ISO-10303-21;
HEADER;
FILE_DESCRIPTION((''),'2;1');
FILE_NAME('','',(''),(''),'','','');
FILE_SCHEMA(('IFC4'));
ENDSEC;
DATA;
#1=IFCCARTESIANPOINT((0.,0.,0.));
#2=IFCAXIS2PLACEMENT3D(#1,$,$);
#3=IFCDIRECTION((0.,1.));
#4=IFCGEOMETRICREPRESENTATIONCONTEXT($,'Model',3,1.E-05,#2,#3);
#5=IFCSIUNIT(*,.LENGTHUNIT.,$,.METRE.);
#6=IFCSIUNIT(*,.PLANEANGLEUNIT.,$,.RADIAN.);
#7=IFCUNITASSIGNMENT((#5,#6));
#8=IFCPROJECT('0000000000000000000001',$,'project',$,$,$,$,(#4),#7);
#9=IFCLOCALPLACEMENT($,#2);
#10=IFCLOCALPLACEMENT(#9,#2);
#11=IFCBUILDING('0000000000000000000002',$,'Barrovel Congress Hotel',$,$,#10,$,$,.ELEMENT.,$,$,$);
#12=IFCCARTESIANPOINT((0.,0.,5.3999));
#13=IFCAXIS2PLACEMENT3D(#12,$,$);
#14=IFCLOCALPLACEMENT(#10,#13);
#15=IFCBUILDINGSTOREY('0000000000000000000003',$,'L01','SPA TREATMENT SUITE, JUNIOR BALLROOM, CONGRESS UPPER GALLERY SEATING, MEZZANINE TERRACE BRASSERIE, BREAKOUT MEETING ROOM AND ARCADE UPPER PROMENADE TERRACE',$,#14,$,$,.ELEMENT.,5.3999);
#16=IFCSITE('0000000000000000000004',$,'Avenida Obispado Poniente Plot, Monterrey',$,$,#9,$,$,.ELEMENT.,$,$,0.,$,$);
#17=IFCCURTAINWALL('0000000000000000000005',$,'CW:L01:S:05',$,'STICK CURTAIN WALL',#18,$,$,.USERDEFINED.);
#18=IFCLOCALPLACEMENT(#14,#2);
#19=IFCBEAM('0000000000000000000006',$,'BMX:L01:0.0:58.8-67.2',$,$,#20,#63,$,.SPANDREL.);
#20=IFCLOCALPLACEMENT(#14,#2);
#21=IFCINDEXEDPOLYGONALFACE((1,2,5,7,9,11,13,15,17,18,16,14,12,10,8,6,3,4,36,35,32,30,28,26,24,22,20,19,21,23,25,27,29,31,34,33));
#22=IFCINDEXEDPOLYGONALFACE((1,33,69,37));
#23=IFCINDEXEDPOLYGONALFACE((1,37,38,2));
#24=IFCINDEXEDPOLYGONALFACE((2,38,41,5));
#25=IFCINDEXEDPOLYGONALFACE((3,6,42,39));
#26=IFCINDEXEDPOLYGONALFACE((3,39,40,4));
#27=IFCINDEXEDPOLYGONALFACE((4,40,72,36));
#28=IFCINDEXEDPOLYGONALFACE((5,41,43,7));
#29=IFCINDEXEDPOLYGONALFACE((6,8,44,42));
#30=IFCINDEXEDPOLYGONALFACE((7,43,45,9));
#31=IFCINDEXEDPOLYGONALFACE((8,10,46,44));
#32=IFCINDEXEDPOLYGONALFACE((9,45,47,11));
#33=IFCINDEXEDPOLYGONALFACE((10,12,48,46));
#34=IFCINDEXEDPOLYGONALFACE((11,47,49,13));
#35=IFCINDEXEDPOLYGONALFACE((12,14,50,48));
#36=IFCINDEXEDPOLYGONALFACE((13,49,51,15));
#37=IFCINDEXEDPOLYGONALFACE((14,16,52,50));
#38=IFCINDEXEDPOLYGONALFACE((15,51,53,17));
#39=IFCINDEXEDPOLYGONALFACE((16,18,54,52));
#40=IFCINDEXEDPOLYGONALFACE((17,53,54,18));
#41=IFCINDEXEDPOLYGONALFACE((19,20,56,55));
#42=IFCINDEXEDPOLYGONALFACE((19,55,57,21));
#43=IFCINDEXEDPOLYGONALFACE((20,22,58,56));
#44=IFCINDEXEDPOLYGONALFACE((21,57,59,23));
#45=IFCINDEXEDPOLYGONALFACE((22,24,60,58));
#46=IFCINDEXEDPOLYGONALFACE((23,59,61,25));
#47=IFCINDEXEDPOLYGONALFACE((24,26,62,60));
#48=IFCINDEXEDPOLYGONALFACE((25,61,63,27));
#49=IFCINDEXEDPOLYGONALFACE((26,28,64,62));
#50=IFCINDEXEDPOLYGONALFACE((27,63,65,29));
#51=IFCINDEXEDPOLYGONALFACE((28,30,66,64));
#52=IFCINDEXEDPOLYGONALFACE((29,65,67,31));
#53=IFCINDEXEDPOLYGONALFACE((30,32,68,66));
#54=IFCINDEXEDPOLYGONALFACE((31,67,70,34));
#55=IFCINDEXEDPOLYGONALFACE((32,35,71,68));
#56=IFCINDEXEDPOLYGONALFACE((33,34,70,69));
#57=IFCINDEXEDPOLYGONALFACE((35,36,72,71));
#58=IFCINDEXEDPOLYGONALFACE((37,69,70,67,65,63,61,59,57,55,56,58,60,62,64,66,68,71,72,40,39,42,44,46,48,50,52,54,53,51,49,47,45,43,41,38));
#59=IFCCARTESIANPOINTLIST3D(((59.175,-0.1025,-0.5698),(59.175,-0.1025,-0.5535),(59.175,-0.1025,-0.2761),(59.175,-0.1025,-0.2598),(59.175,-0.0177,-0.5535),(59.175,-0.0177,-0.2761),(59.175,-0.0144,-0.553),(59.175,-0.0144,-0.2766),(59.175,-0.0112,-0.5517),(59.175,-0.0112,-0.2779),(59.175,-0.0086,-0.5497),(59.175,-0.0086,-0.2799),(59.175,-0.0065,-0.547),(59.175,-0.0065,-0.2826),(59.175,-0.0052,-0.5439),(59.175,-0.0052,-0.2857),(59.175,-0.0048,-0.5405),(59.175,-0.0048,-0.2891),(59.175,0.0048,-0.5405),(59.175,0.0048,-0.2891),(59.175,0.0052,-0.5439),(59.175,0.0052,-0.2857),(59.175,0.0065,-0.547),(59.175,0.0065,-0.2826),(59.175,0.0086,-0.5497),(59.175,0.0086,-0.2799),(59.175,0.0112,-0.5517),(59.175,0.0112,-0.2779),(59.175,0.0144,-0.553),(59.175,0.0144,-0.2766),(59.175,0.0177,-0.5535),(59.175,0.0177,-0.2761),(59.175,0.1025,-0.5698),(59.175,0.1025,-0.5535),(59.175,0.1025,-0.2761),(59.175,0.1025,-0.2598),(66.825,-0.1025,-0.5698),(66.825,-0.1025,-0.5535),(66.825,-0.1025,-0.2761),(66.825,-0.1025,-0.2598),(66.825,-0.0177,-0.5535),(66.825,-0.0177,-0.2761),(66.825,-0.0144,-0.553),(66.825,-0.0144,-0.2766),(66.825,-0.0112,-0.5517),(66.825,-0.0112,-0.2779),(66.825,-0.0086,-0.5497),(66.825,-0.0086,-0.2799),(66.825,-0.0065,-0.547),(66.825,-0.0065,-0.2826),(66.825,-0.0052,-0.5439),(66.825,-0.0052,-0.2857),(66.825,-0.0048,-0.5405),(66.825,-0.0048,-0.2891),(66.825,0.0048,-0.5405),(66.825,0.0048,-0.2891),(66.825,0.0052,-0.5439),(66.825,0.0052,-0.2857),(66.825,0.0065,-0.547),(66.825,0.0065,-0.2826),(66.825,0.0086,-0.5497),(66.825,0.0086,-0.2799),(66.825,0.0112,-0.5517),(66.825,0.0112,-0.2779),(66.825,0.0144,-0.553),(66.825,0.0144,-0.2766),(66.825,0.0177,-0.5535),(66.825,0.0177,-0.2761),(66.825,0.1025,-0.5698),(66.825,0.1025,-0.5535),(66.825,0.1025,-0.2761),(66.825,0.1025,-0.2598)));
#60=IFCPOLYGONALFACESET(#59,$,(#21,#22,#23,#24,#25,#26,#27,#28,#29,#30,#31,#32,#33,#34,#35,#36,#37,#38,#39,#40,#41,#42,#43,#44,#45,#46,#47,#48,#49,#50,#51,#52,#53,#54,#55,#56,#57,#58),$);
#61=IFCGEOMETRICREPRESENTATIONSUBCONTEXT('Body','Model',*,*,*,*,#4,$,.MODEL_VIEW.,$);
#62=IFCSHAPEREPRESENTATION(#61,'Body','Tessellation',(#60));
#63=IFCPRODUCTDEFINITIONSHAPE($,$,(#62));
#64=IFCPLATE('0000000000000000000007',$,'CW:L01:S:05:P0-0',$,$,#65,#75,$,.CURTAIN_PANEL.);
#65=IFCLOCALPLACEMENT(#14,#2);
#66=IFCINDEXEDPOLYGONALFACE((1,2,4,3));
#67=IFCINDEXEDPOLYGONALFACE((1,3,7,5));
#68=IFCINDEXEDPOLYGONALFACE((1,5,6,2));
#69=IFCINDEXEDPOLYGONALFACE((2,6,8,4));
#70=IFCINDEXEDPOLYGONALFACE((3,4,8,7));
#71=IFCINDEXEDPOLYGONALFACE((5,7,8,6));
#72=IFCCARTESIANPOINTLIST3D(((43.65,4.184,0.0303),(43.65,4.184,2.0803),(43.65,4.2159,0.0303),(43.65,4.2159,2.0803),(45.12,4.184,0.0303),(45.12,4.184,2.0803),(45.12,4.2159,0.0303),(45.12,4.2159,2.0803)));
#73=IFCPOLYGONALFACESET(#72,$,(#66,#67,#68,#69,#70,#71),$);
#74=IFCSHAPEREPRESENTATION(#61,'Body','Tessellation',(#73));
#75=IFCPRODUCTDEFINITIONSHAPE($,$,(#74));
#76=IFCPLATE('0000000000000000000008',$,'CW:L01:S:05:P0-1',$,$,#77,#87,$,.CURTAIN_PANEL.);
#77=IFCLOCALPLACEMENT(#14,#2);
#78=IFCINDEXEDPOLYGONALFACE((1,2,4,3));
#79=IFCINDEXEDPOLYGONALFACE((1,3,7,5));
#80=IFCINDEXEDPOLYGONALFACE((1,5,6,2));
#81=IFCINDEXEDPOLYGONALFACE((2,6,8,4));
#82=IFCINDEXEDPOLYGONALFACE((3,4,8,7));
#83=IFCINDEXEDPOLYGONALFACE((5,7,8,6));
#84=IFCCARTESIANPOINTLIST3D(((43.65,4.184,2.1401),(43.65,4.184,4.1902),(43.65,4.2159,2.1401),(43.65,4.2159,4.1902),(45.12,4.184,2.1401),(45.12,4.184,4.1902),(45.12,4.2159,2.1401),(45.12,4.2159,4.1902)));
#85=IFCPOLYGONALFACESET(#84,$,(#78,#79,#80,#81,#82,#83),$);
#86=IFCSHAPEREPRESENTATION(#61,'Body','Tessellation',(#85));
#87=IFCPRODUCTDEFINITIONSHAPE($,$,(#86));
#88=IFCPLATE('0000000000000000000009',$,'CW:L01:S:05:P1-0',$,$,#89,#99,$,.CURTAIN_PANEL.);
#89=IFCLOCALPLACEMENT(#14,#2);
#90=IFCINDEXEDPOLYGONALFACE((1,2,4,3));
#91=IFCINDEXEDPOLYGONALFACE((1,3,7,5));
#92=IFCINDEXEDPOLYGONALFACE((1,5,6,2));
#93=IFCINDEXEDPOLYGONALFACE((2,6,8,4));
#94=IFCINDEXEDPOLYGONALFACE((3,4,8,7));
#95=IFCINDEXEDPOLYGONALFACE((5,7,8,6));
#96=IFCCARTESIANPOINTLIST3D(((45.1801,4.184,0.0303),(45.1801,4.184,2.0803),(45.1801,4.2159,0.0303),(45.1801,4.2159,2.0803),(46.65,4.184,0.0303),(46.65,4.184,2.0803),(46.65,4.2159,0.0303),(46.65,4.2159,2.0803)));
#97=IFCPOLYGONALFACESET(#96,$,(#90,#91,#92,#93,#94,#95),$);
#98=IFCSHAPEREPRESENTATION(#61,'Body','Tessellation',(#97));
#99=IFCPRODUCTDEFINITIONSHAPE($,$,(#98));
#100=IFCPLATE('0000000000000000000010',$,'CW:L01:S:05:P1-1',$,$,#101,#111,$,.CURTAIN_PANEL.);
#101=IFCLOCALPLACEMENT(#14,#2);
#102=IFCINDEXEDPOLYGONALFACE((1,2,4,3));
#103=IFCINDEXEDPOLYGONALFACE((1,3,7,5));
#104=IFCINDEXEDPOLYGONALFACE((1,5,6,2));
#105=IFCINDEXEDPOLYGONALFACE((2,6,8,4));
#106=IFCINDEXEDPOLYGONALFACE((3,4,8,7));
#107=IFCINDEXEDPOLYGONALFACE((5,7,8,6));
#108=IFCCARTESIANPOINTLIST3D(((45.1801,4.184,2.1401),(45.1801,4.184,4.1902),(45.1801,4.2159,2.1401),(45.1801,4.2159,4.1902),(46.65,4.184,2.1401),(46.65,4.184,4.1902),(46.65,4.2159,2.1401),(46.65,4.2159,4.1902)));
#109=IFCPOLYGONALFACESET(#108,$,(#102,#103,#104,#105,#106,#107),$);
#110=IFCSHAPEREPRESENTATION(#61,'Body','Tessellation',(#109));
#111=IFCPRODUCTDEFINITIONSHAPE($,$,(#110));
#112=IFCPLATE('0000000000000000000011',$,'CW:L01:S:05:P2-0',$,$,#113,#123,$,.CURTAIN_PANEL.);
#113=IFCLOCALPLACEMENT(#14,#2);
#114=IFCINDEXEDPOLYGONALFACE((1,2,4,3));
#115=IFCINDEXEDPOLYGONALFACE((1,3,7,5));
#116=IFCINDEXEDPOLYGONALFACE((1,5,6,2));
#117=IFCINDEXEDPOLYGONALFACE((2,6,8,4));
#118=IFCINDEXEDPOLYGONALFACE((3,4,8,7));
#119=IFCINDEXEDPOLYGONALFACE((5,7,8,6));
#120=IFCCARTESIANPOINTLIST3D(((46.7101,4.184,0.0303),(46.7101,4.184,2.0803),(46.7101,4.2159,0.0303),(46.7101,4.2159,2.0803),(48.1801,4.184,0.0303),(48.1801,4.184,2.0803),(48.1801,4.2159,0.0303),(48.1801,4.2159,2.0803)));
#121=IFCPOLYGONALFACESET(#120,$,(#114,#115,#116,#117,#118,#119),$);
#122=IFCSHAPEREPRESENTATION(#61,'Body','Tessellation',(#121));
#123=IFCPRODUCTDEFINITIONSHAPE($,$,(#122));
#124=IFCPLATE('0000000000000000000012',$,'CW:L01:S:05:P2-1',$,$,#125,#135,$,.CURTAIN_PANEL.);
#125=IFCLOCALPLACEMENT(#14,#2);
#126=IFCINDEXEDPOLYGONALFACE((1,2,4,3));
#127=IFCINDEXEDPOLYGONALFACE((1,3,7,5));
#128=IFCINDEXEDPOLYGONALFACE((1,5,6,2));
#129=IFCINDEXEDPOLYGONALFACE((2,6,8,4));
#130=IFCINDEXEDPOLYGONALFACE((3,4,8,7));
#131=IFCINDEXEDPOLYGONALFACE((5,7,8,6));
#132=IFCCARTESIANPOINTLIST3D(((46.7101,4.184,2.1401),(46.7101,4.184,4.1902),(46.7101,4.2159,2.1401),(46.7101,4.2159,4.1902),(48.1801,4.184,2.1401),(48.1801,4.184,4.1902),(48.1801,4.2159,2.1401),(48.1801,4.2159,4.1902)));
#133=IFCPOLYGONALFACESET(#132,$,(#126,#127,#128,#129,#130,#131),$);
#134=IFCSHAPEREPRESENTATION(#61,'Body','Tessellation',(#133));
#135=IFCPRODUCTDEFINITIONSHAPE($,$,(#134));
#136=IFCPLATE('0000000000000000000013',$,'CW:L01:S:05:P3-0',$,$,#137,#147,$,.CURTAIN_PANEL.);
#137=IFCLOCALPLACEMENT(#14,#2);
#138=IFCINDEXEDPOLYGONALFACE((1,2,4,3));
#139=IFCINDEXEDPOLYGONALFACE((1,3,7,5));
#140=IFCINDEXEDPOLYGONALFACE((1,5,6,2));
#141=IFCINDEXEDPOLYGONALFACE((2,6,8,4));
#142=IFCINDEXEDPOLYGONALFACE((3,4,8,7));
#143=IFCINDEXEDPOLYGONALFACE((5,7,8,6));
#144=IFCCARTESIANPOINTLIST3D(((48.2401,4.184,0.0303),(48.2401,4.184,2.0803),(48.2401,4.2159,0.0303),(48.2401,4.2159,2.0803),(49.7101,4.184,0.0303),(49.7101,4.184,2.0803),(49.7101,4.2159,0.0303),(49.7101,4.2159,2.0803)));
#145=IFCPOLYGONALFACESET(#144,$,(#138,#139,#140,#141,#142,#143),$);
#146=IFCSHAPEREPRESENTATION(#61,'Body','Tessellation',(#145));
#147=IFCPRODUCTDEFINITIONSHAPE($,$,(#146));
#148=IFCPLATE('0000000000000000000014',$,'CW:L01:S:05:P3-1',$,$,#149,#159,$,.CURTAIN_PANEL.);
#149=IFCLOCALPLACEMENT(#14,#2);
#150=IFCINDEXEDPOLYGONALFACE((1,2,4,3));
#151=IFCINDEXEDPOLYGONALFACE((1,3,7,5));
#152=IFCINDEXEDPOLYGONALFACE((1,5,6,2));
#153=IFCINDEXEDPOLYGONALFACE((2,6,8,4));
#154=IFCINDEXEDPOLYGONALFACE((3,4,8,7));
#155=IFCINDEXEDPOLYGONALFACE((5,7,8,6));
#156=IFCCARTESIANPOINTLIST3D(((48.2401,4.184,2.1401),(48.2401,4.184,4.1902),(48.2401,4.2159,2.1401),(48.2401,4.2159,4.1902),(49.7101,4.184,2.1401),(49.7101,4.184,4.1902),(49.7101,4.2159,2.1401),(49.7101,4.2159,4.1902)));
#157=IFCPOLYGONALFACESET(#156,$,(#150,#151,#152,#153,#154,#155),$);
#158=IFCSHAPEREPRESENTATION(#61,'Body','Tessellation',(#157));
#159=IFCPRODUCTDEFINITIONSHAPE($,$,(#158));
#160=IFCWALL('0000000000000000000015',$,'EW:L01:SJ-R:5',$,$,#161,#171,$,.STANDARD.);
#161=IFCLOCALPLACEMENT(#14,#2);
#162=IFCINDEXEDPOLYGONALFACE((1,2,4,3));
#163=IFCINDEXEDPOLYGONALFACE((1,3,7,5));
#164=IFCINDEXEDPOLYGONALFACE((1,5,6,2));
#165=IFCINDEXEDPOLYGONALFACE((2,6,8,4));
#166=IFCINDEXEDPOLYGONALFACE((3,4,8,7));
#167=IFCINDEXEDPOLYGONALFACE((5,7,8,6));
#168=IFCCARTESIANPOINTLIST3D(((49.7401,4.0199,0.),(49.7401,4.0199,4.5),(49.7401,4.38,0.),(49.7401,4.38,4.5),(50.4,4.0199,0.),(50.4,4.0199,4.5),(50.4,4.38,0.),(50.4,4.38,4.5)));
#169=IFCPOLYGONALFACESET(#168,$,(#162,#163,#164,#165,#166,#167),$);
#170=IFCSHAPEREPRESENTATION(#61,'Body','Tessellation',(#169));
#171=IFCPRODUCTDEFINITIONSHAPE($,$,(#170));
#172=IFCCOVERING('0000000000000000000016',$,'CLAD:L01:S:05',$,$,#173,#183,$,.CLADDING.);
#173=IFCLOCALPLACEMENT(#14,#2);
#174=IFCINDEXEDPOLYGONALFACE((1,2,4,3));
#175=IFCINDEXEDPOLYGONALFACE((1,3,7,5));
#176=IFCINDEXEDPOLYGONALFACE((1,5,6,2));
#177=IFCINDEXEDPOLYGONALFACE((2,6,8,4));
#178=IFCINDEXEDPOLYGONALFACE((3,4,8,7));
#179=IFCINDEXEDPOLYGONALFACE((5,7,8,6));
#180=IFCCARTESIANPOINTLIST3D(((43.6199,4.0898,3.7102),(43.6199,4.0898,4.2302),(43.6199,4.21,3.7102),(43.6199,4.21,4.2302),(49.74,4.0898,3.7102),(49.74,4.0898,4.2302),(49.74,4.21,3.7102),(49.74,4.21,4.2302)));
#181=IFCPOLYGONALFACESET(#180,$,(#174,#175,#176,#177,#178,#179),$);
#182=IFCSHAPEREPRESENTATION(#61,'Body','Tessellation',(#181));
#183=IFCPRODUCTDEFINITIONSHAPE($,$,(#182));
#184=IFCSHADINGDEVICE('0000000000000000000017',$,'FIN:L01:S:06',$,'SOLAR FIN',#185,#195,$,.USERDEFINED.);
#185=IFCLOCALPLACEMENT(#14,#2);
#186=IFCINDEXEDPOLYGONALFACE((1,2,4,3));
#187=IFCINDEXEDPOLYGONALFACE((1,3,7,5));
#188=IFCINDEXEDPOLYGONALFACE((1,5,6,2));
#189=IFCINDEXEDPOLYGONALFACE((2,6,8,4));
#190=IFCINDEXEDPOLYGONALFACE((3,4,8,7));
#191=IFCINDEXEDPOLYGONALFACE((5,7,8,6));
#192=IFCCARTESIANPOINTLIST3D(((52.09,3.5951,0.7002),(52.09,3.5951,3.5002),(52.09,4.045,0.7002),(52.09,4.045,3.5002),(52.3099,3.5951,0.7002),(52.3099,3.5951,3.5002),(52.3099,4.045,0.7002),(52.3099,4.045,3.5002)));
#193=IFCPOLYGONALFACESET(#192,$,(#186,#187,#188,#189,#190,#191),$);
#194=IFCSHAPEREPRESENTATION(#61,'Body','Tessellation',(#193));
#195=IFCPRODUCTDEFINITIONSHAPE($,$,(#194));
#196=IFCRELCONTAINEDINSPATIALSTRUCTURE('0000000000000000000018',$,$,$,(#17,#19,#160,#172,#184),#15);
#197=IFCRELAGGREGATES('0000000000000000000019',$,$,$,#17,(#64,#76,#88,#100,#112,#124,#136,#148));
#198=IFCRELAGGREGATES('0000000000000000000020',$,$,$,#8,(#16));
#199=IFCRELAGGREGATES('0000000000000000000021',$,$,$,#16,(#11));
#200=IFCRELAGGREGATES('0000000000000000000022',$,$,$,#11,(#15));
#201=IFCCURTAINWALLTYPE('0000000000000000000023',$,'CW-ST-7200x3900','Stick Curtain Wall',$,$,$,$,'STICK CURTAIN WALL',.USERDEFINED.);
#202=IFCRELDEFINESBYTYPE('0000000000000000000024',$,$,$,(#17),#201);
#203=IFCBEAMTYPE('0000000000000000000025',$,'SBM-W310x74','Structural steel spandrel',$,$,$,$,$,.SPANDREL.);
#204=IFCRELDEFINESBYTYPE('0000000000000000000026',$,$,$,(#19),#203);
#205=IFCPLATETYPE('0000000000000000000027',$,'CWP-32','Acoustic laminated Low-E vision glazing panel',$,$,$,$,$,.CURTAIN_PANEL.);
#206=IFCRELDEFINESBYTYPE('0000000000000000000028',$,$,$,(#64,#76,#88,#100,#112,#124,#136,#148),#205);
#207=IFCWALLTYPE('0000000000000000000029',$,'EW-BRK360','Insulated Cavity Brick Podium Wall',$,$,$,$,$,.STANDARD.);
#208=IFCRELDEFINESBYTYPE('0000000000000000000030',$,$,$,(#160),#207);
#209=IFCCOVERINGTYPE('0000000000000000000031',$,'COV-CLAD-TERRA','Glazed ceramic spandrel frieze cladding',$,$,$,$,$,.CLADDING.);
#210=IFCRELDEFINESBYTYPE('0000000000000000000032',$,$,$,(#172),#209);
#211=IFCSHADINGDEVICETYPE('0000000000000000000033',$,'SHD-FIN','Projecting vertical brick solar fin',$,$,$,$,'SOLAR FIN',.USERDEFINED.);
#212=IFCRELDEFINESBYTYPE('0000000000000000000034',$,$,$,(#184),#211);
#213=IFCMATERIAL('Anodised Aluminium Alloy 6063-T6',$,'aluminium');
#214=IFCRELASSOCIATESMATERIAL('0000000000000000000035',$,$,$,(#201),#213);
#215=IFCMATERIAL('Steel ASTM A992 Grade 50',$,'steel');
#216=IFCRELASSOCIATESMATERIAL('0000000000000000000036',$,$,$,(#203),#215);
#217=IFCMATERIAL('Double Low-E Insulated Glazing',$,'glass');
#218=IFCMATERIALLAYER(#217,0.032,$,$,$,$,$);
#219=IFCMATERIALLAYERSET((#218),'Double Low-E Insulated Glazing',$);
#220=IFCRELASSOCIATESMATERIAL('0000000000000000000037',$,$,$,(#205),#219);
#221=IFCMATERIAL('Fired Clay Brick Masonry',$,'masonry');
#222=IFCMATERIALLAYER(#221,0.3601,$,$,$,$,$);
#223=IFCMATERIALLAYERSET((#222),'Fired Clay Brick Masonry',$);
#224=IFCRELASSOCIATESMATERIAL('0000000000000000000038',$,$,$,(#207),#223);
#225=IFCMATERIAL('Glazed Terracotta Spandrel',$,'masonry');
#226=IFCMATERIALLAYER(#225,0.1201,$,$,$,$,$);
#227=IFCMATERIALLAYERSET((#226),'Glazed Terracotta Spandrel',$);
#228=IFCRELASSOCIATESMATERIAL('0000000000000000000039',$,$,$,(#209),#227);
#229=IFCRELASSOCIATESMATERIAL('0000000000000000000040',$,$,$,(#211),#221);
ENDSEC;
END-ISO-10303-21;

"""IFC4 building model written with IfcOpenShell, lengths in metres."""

from ifc_helpers import new_model, si_unit, direction, frame, frame_2d, origin, origin_2d, place, context, subcontext, project, spatial, rectangle, i_section, extrude, material, layer, layer_set, material_profile, profile_set, type_object, element, aggregate, save


model = new_model("IFC4")

# Units and contexts
model_context = context("Model", 3, precision=1e-05, world=origin(), true_north=direction((0.0, 1.0)))
body_context = subcontext(model_context, "Body", "Model", "MODEL_VIEW")
ifc_project = project(units=[si_unit("LENGTHUNIT", "METRE"), si_unit("PLANEANGLEUNIT", "RADIAN")], contexts=[model_context])

# Site, building, storey
site_placement = place(None, origin())
site = spatial("IfcSite", under=ifc_project, at=site_placement, Name="Avenida Obispado Poniente Plot, Monterrey", CompositionType="ELEMENT", RefElevation=0.0)
building_placement = place(site_placement, origin())
building = spatial("IfcBuilding", under=site, at=building_placement, Name="Barrovel Congress Hotel", CompositionType="ELEMENT")
storey_placement = place(building_placement, frame((0.0, 0.0, 5.3999)))
storey = spatial("IfcBuildingStorey", under=building, at=storey_placement, Name="L01", Description="SPA TREATMENT SUITE, JUNIOR BALLROOM, CONGRESS UPPER GALLERY SEATING, MEZZANINE TERRACE BRASSERIE, BREAKOUT MEETING ROOM AND ARCADE UPPER PROMENADE TERRACE", CompositionType="ELEMENT", Elevation=5.3999)

# Curtain wall
ifc_material_1 = material(Name="Anodised Aluminium Alloy 6063-T6", Category="aluminium")
curtain_wall_type = type_object("IfcCurtainWallType", Name="CW-ST-7200x3900", Description="Stick Curtain Wall", ElementType="STICK CURTAIN WALL", PredefinedType="USERDEFINED", material=ifc_material_1)
curtain_wall_placement = place(storey_placement, origin())
curtain_wall = element("IfcCurtainWall", 1, at=curtain_wall_placement, inside=storey, type_object=curtain_wall_type, Name="CW:L01:S:05", ObjectType="STICK CURTAIN WALL", PredefinedType="USERDEFINED")

# Beam
ifc_material_2 = material(Name="Steel ASTM A992 Grade 50", Category="steel")
ifc_material_profile_1 = material_profile(ifc_material_2, i_section(OverallWidth=0.2051, OverallDepth=0.3101, WebThickness=0.0095, FlangeThickness=0.0164, FilletRadius=0.0129, at=origin_2d()), Name="W310x74")
ifc_profile_set_1 = profile_set([ifc_material_profile_1], Name="Steel ASTM A992 Grade 50")
beam_type_1 = type_object("IfcBeamType", Name="SBM-W310x74", Description="Structural steel spandrel", PredefinedType="SPANDREL", material=ifc_profile_set_1)
beam_1_placement = place(storey_placement, frame((59.175, 0.0, -0.4148), z_axis=(1.0, 0.0, 0.0), x_axis=(0.0, 1.0, 0.0)))
element("IfcBeam", 2, at=beam_1_placement, inside=storey, type_object=beam_type_1, Name="BMX:L01:0.0:58.8-67.2", PredefinedType="SPANDREL", context=body_context, shape_type="SweptSolid", body=[
    extrude(i_section(OverallWidth=0.2051, OverallDepth=0.3101, WebThickness=0.0095, FlangeThickness=0.0164, FilletRadius=0.0129, at=origin_2d()), origin(), (0.0, 0.0, 1.0), 7.6499),
])

# Plates
ifc_material_3 = material(Name="Double Low-E Insulated Glazing", Category="glass")
ifc_layer_1 = layer(ifc_material_3, 0.032)
ifc_layer_set_1 = layer_set([ifc_layer_1], Name="Double Low-E Insulated Glazing")
plate_type = type_object("IfcPlateType", Name="CWP-32", Description="Acoustic laminated Low-E vision glazing panel", PredefinedType="CURTAIN_PANEL", material=ifc_layer_set_1)
plate_1_placement = place(storey_placement, frame((44.385, 4.2, 0.0303), z_axis=(0.0, 0.0, 1.0), x_axis=(1.0, 0.0, 0.0)))
plate_1 = element("IfcPlate", 3, at=plate_1_placement, type_object=plate_type, Name="CW:L01:S:05:P0-0", PredefinedType="CURTAIN_PANEL", context=body_context, shape_type="SweptSolid", body=[
    extrude(rectangle(XDim=1.47, YDim=0.032, at=origin_2d()), origin(), (0.0, 0.0, 1.0), 2.05),
])
plate_2_placement = place(storey_placement, frame((44.385, 4.2, 2.1401), z_axis=(0.0, 0.0, 1.0), x_axis=(1.0, 0.0, 0.0)))
plate_2 = element("IfcPlate", 4, at=plate_2_placement, type_object=plate_type, Name="CW:L01:S:05:P0-1", PredefinedType="CURTAIN_PANEL", context=body_context, shape_type="SweptSolid", body=[
    extrude(rectangle(XDim=1.47, YDim=0.032, at=origin_2d()), origin(), (0.0, 0.0, 1.0), 2.05),
])
plate_3_placement = place(storey_placement, frame((45.915, 4.2, 0.0303), z_axis=(0.0, 0.0, 1.0), x_axis=(1.0, 0.0, 0.0)))
plate_3 = element("IfcPlate", 5, at=plate_3_placement, type_object=plate_type, Name="CW:L01:S:05:P1-0", PredefinedType="CURTAIN_PANEL", context=body_context, shape_type="SweptSolid", body=[
    extrude(rectangle(XDim=1.47, YDim=0.032, at=origin_2d()), origin(), (0.0, 0.0, 1.0), 2.05),
])
plate_4_placement = place(storey_placement, frame((45.915, 4.2, 2.1401), z_axis=(0.0, 0.0, 1.0), x_axis=(1.0, 0.0, 0.0)))
plate_4 = element("IfcPlate", 6, at=plate_4_placement, type_object=plate_type, Name="CW:L01:S:05:P1-1", PredefinedType="CURTAIN_PANEL", context=body_context, shape_type="SweptSolid", body=[
    extrude(rectangle(XDim=1.47, YDim=0.032, at=origin_2d()), origin(), (0.0, 0.0, 1.0), 2.05),
])
plate_5_placement = place(storey_placement, frame((47.4451, 4.2, 0.0303), z_axis=(0.0, 0.0, 1.0), x_axis=(1.0, 0.0, 0.0)))
plate_5 = element("IfcPlate", 7, at=plate_5_placement, type_object=plate_type, Name="CW:L01:S:05:P2-0", PredefinedType="CURTAIN_PANEL", context=body_context, shape_type="SweptSolid", body=[
    extrude(rectangle(XDim=1.47, YDim=0.032, at=origin_2d()), origin(), (0.0, 0.0, 1.0), 2.05),
])
plate_6_placement = place(storey_placement, frame((47.4451, 4.2, 2.1401), z_axis=(0.0, 0.0, 1.0), x_axis=(1.0, 0.0, 0.0)))
plate_6 = element("IfcPlate", 8, at=plate_6_placement, type_object=plate_type, Name="CW:L01:S:05:P2-1", PredefinedType="CURTAIN_PANEL", context=body_context, shape_type="SweptSolid", body=[
    extrude(rectangle(XDim=1.47, YDim=0.032, at=origin_2d()), origin(), (0.0, 0.0, 1.0), 2.05),
])
plate_7_placement = place(storey_placement, frame((48.9751, 4.2, 0.0303), z_axis=(0.0, 0.0, 1.0), x_axis=(1.0, 0.0, 0.0)))
plate_7 = element("IfcPlate", 9, at=plate_7_placement, type_object=plate_type, Name="CW:L01:S:05:P3-0", PredefinedType="CURTAIN_PANEL", context=body_context, shape_type="SweptSolid", body=[
    extrude(rectangle(XDim=1.47, YDim=0.032, at=origin_2d()), origin(), (0.0, 0.0, 1.0), 2.05),
])
plate_8_placement = place(storey_placement, frame((48.9751, 4.2, 2.1401), z_axis=(0.0, 0.0, 1.0), x_axis=(1.0, 0.0, 0.0)))
plate_8 = element("IfcPlate", 10, at=plate_8_placement, type_object=plate_type, Name="CW:L01:S:05:P3-1", PredefinedType="CURTAIN_PANEL", context=body_context, shape_type="SweptSolid", body=[
    extrude(rectangle(XDim=1.47, YDim=0.032, at=origin_2d()), origin(), (0.0, 0.0, 1.0), 2.05),
])
aggregate(curtain_wall, [plate_1, plate_2, plate_3, plate_4, plate_5, plate_6, plate_7, plate_8])

# Wall
ifc_material_4 = material(Name="Fired Clay Brick Masonry", Category="masonry")
ifc_layer_2 = layer(ifc_material_4, 0.3601)
ifc_layer_set_2 = layer_set([ifc_layer_2], Name="Fired Clay Brick Masonry")
wall_type = type_object("IfcWallType", Name="EW-BRK360", Description="Insulated Cavity Brick Podium Wall", PredefinedType="STANDARD", material=ifc_layer_set_2)
wall_placement = place(storey_placement, frame((49.74, 4.2, 0.0), z_axis=(0.0, 0.0, 1.0), x_axis=(1.0, 0.0, 0.0)))
element("IfcWall", 11, at=wall_placement, inside=storey, type_object=wall_type, Name="EW:L01:SJ-R:5", PredefinedType="STANDARD", context=body_context, shape_type="SweptSolid", body=[
    extrude(rectangle(XDim=0.6599, YDim=0.3601, at=frame_2d((0.3301, 0.0))), origin(), (0.0, 0.0, 1.0), 4.5),
])

# Covering
ifc_material_5 = material(Name="Glazed Terracotta Spandrel", Category="masonry")
ifc_layer_3 = layer(ifc_material_5, 0.1201)
ifc_layer_set_3 = layer_set([ifc_layer_3], Name="Glazed Terracotta Spandrel")
covering_type = type_object("IfcCoveringType", Name="COV-CLAD-TERRA", Description="Glazed ceramic spandrel frieze cladding", PredefinedType="CLADDING", material=ifc_layer_set_3)
covering_placement = place(storey_placement, frame((46.6799, 4.1499, 3.7102), z_axis=(0.0, 0.0, 1.0), x_axis=(1.0, 0.0, 0.0)))
element("IfcCovering", 12, at=covering_placement, inside=storey, type_object=covering_type, Name="CLAD:L01:S:05", PredefinedType="CLADDING", context=body_context, shape_type="SweptSolid", body=[
    extrude(rectangle(XDim=6.1201, YDim=0.1201, at=origin_2d()), origin(), (0.0, 0.0, 1.0), 0.52),
])

# Shading device
shading_device_type = type_object("IfcShadingDeviceType", Name="SHD-FIN", Description="Projecting vertical brick solar fin", ElementType="SOLAR FIN", PredefinedType="USERDEFINED", material=ifc_material_4)
shading_device_placement = place(storey_placement, frame((52.2, 3.8201, 0.7002), z_axis=(0.0, 0.0, 1.0), x_axis=(1.0, 0.0, 0.0)))
element("IfcShadingDevice", 13, at=shading_device_placement, inside=storey, type_object=shading_device_type, Name="FIN:L01:S:06", ObjectType="SOLAR FIN", PredefinedType="USERDEFINED", context=body_context, shape_type="SweptSolid", body=[
    extrude(rectangle(XDim=0.22, YDim=0.45, at=origin_2d()), origin(), (0.0, 0.0, 1.0), 2.8),
])

save(model, "model.ifc")
